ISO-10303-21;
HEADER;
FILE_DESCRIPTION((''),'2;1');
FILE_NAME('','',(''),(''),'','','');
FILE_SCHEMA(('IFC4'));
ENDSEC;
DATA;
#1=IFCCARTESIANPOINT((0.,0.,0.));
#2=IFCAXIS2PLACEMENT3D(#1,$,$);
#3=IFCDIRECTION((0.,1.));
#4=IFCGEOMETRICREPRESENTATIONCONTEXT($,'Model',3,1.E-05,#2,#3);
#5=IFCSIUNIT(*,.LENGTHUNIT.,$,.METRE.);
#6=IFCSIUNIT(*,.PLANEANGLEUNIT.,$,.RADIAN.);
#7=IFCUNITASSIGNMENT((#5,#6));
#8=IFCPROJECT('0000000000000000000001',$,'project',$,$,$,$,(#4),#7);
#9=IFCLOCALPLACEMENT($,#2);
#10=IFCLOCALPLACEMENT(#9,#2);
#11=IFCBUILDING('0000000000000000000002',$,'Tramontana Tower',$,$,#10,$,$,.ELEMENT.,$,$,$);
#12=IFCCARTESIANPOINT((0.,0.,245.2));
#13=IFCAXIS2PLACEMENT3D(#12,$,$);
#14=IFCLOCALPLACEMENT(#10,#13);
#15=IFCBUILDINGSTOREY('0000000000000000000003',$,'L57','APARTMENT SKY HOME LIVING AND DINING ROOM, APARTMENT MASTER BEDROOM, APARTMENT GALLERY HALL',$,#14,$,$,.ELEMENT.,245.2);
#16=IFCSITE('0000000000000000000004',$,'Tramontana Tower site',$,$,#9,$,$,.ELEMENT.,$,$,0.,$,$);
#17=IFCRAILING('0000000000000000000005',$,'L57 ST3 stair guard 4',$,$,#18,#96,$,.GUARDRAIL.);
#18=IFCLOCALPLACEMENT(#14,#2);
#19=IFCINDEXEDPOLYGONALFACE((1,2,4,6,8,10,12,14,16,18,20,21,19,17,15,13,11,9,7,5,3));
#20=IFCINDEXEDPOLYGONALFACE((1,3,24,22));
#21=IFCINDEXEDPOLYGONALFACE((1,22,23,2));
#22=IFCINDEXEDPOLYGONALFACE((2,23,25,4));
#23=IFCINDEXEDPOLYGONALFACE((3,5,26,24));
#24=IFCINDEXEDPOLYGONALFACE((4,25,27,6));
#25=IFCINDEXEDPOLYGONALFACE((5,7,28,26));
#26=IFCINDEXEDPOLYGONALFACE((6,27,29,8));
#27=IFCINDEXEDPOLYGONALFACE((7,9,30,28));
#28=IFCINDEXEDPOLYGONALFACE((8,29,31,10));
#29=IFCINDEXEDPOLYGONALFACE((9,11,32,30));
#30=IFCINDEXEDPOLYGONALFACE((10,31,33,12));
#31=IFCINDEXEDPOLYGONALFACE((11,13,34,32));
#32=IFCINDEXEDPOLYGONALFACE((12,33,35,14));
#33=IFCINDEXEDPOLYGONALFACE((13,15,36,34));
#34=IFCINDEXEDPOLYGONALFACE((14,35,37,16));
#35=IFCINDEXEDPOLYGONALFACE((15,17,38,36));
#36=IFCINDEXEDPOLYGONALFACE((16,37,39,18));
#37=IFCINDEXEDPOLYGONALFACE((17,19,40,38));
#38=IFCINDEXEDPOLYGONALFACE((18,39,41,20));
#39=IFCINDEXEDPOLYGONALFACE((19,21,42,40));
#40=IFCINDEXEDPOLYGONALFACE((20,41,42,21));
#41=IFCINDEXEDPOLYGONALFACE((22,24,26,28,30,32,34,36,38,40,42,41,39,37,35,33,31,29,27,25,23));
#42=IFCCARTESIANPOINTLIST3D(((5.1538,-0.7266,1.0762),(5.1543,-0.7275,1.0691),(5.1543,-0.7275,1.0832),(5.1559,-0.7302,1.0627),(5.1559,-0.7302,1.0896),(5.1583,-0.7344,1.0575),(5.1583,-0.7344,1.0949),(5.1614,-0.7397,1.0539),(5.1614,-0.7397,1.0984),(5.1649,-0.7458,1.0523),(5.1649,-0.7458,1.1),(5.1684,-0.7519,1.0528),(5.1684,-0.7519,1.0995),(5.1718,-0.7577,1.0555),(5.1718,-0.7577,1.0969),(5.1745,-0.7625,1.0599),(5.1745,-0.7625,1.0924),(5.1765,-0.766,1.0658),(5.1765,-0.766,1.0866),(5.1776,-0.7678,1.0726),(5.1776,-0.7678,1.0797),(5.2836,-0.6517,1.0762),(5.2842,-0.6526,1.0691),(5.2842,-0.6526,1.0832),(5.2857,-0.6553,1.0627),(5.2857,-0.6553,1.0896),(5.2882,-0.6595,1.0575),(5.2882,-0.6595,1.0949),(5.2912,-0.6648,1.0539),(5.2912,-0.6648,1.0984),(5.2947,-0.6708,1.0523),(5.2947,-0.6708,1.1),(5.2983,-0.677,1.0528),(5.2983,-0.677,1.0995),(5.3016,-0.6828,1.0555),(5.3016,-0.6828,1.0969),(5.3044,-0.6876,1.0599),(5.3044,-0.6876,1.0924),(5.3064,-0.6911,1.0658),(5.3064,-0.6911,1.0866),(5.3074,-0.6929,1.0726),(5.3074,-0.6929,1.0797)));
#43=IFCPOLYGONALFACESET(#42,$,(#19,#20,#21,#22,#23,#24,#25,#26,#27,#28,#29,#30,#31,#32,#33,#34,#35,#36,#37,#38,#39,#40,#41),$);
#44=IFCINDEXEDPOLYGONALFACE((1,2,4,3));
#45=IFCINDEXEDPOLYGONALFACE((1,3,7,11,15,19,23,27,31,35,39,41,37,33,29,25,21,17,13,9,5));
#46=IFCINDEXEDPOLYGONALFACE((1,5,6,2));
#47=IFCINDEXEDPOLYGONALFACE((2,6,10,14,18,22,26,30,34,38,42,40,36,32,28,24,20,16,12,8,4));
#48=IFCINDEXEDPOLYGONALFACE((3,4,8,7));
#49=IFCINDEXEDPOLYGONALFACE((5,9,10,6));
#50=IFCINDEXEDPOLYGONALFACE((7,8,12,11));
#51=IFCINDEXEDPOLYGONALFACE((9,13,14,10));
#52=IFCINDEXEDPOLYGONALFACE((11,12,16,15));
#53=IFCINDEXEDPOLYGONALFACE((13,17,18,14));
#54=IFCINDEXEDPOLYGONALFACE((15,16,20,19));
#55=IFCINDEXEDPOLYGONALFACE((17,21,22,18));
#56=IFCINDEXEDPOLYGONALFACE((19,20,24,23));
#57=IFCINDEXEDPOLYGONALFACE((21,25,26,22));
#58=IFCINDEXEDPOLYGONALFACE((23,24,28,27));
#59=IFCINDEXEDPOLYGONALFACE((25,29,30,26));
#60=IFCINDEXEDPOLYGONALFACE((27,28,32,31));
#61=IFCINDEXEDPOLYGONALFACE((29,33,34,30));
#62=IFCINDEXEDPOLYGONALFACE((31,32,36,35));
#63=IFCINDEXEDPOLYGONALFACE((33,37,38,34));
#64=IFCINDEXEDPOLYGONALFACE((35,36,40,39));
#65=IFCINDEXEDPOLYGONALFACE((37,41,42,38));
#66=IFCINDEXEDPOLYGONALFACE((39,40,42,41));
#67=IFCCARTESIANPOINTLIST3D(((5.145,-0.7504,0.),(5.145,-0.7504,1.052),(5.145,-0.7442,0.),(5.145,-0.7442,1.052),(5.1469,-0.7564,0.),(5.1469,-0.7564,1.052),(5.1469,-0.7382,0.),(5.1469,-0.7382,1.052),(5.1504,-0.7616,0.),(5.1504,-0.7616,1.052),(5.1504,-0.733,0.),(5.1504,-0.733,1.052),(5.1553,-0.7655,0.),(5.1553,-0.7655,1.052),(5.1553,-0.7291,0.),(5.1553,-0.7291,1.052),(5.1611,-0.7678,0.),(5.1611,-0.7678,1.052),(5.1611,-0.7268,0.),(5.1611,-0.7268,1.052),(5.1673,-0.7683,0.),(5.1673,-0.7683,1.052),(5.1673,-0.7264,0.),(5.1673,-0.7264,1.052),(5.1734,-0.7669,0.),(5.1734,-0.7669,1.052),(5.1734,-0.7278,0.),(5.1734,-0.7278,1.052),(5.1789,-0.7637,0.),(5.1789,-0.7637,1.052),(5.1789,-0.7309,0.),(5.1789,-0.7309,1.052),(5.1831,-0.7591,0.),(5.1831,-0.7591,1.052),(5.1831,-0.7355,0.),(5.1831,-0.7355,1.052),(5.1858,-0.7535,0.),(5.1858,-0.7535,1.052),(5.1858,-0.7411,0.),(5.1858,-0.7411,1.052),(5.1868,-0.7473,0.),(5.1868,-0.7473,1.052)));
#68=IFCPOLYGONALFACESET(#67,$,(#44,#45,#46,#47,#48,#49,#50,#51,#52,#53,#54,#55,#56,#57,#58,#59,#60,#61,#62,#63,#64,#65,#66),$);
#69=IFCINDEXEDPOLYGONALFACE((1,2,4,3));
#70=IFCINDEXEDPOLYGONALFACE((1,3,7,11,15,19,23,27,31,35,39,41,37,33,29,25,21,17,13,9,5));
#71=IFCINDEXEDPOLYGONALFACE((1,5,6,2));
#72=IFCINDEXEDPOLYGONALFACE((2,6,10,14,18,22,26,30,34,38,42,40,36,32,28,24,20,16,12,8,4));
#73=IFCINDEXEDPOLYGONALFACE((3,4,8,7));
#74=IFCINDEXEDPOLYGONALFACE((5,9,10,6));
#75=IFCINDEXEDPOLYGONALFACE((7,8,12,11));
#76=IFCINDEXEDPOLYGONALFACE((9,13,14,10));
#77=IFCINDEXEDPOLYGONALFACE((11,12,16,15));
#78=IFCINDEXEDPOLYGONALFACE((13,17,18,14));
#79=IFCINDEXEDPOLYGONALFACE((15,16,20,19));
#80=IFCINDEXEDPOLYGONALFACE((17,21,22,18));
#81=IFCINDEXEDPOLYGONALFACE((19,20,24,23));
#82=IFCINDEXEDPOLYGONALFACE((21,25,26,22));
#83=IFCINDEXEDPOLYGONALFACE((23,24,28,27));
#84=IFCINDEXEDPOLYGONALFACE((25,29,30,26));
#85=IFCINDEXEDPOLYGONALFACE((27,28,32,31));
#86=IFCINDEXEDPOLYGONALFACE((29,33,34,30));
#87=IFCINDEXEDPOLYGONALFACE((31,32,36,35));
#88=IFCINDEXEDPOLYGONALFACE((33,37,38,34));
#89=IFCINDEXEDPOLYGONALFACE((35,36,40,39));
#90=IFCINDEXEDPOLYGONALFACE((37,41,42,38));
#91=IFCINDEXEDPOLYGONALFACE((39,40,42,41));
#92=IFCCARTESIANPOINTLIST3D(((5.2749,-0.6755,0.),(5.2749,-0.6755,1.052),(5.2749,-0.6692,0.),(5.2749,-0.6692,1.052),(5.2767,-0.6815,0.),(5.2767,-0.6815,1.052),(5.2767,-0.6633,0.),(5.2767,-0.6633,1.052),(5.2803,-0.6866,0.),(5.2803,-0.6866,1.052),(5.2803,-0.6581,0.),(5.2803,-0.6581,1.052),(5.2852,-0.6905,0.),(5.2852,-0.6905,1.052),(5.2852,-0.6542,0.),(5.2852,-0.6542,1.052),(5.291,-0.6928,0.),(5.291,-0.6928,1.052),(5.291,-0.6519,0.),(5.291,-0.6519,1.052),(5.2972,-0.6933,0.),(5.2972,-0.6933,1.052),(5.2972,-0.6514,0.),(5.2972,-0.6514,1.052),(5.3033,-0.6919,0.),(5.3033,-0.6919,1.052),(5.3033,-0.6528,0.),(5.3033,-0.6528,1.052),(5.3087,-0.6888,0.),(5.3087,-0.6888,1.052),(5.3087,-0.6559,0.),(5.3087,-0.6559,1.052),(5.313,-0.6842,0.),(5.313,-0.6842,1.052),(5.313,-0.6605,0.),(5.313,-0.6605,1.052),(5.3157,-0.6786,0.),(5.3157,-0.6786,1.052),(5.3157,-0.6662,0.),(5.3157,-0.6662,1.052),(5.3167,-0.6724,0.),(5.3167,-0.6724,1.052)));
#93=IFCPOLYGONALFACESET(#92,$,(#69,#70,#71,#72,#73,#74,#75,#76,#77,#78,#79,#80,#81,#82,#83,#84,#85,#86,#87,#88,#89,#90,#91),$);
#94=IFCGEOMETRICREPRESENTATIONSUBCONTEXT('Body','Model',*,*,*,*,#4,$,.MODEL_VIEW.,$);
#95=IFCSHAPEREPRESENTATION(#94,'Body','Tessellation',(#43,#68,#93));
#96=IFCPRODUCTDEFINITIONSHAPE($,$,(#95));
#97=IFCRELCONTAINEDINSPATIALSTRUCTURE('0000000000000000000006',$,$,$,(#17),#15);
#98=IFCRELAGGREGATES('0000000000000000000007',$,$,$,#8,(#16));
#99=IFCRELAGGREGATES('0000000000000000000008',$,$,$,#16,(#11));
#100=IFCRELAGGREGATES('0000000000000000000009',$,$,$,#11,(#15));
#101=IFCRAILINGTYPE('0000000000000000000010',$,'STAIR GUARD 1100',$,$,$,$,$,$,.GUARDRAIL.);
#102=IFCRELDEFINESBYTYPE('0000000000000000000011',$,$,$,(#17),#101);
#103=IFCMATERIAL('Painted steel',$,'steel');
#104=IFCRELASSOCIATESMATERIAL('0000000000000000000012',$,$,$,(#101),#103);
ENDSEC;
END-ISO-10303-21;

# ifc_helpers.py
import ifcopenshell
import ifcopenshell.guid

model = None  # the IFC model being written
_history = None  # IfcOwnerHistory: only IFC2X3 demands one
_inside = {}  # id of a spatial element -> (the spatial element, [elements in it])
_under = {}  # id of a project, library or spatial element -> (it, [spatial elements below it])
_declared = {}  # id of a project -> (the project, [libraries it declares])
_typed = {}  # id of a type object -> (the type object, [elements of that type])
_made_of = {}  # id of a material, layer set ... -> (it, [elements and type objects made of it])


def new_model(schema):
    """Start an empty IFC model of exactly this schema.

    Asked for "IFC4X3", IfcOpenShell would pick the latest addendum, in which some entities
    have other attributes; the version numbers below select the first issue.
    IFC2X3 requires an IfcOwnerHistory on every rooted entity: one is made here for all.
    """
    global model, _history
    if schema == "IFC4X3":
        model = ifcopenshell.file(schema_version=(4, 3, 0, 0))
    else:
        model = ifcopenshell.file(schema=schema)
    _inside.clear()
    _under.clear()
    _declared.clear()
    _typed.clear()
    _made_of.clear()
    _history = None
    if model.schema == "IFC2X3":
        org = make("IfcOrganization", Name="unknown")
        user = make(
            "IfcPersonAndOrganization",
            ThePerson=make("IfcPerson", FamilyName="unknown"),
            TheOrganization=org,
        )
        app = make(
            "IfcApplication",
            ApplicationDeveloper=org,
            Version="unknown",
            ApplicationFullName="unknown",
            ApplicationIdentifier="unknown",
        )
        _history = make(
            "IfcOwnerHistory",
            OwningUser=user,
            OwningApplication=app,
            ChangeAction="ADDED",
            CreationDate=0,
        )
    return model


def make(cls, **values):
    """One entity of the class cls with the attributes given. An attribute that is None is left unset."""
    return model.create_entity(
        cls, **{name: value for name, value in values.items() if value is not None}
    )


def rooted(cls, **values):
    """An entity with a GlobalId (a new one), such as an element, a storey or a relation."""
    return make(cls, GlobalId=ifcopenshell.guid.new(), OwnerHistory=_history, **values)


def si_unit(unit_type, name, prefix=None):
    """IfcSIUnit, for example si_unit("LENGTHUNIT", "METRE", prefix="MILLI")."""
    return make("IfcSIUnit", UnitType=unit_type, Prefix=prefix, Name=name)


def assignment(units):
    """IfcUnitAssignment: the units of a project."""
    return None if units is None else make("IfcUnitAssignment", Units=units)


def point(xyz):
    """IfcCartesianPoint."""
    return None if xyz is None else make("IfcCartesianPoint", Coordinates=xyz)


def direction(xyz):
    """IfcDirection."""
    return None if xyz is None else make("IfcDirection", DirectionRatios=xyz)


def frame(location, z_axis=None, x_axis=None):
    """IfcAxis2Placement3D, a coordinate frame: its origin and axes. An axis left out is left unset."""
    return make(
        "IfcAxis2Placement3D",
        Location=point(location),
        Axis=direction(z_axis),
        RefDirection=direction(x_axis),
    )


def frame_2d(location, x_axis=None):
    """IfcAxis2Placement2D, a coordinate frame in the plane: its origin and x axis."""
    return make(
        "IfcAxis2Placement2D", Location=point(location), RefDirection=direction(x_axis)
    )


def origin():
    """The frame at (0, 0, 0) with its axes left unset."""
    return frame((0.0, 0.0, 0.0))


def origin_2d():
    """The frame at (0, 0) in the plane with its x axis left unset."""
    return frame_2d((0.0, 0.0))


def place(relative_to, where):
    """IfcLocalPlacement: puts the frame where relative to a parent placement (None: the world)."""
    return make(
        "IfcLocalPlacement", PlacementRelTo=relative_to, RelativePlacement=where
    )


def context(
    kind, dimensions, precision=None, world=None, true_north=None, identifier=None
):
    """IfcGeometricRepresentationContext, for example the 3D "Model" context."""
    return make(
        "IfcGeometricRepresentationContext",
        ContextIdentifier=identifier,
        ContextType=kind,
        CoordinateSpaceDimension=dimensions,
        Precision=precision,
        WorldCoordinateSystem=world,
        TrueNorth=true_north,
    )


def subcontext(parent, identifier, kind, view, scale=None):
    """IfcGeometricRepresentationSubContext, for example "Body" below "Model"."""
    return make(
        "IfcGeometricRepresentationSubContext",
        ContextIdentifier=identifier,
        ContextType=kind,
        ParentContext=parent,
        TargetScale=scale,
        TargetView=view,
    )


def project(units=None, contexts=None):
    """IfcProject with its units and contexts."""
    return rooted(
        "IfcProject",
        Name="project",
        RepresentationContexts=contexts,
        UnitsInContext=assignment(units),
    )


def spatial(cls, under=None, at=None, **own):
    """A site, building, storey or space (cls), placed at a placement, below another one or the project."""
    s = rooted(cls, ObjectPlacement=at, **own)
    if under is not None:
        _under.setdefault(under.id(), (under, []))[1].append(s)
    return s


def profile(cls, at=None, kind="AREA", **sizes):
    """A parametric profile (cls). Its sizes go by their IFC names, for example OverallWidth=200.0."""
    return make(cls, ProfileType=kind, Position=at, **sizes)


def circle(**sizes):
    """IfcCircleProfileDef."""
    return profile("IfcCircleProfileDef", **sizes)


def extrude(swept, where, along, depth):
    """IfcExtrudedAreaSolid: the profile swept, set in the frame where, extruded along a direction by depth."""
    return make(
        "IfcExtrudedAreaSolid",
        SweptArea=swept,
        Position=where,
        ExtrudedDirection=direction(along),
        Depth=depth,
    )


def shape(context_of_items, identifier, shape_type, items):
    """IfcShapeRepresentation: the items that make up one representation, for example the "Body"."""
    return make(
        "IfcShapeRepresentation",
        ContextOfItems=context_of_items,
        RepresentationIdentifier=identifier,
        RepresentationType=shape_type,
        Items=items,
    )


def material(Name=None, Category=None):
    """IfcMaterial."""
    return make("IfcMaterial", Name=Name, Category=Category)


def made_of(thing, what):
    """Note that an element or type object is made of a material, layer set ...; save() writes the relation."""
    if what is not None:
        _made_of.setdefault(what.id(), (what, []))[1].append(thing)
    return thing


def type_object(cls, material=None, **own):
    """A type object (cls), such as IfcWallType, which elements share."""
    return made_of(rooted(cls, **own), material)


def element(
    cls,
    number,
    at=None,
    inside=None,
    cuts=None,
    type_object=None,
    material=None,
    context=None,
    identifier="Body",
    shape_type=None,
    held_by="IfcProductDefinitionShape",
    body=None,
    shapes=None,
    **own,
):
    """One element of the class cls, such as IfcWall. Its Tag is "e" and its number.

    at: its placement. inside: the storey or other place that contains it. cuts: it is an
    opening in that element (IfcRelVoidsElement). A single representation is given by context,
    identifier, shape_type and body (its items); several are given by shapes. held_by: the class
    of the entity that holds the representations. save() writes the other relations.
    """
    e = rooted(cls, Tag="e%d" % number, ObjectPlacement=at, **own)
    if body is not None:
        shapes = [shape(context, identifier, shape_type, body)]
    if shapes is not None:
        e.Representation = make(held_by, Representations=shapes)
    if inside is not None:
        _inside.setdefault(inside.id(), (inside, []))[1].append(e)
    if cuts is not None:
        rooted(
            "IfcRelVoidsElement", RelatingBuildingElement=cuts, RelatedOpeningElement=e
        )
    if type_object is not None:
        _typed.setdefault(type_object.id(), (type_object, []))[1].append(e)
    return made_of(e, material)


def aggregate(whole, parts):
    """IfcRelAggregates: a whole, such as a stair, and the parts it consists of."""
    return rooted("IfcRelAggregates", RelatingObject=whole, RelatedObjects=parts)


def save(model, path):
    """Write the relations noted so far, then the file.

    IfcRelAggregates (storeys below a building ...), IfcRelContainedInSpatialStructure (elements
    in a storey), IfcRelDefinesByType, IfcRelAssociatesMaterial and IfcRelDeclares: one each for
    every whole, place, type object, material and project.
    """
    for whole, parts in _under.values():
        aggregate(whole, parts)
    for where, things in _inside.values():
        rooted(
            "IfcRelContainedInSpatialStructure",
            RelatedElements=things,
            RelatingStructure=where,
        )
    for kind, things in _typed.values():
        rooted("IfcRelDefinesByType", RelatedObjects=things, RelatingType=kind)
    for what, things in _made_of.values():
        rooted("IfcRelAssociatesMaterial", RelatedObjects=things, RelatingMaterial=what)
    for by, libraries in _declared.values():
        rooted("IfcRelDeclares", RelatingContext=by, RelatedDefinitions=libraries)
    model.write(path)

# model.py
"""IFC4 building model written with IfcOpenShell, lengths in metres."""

from ifc_helpers import new_model, si_unit, direction, frame, origin, origin_2d, place, context, subcontext, project, spatial, circle, extrude, material, type_object, element, save


model = new_model("IFC4")

# Units and contexts
model_context = context("Model", 3, precision=1e-05, world=origin(), true_north=direction((0.0, 1.0)))
body_context = subcontext(model_context, "Body", "Model", "MODEL_VIEW")
ifc_project = project(units=[si_unit("LENGTHUNIT", "METRE"), si_unit("PLANEANGLEUNIT", "RADIAN")], contexts=[model_context])

# Site, building, storey
site_placement = place(None, origin())
site = spatial("IfcSite", under=ifc_project, at=site_placement, Name="Tramontana Tower site", CompositionType="ELEMENT", RefElevation=0.0)
building_placement = place(site_placement, origin())
building = spatial("IfcBuilding", under=site, at=building_placement, Name="Tramontana Tower", CompositionType="ELEMENT")
storey_placement = place(building_placement, frame((0.0, 0.0, 245.2)))
storey = spatial("IfcBuildingStorey", under=building, at=storey_placement, Name="L57", Description="APARTMENT SKY HOME LIVING AND DINING ROOM, APARTMENT MASTER BEDROOM, APARTMENT GALLERY HALL", CompositionType="ELEMENT", Elevation=245.2)

# Railing
ifc_material_1 = material(Name="Painted steel", Category="steel")
railing_type_1 = type_object("IfcRailingType", Name="STAIR GUARD 1100", PredefinedType="GUARDRAIL", material=ifc_material_1)
railing_1_placement = place(storey_placement, frame((5.1658, -0.7473, 0.0)))
element("IfcRailing", 1, at=railing_1_placement, inside=storey, type_object=railing_type_1, Name="L57 ST3 stair guard 4", PredefinedType="GUARDRAIL", context=body_context, shape_type="SweptSolid", body=[
    extrude(circle(Radius=0.0239, at=origin_2d()), frame((0.0, 0.0, 1.0762), z_axis=(0.866131, 0.499816, 0.0), x_axis=(-0.499816, 0.866131, 0.0)), (0.0, 0.0, 1.0), 0.1499),
    extrude(circle(Radius=0.021, at=origin_2d()), origin(), (0.0, 0.0, 1.0), 1.052),
    extrude(circle(Radius=0.021, at=origin_2d()), frame((0.1299, 0.075, 0.0)), (0.0, 0.0, 1.0), 1.052),
])

save(model, "model.ifc")
